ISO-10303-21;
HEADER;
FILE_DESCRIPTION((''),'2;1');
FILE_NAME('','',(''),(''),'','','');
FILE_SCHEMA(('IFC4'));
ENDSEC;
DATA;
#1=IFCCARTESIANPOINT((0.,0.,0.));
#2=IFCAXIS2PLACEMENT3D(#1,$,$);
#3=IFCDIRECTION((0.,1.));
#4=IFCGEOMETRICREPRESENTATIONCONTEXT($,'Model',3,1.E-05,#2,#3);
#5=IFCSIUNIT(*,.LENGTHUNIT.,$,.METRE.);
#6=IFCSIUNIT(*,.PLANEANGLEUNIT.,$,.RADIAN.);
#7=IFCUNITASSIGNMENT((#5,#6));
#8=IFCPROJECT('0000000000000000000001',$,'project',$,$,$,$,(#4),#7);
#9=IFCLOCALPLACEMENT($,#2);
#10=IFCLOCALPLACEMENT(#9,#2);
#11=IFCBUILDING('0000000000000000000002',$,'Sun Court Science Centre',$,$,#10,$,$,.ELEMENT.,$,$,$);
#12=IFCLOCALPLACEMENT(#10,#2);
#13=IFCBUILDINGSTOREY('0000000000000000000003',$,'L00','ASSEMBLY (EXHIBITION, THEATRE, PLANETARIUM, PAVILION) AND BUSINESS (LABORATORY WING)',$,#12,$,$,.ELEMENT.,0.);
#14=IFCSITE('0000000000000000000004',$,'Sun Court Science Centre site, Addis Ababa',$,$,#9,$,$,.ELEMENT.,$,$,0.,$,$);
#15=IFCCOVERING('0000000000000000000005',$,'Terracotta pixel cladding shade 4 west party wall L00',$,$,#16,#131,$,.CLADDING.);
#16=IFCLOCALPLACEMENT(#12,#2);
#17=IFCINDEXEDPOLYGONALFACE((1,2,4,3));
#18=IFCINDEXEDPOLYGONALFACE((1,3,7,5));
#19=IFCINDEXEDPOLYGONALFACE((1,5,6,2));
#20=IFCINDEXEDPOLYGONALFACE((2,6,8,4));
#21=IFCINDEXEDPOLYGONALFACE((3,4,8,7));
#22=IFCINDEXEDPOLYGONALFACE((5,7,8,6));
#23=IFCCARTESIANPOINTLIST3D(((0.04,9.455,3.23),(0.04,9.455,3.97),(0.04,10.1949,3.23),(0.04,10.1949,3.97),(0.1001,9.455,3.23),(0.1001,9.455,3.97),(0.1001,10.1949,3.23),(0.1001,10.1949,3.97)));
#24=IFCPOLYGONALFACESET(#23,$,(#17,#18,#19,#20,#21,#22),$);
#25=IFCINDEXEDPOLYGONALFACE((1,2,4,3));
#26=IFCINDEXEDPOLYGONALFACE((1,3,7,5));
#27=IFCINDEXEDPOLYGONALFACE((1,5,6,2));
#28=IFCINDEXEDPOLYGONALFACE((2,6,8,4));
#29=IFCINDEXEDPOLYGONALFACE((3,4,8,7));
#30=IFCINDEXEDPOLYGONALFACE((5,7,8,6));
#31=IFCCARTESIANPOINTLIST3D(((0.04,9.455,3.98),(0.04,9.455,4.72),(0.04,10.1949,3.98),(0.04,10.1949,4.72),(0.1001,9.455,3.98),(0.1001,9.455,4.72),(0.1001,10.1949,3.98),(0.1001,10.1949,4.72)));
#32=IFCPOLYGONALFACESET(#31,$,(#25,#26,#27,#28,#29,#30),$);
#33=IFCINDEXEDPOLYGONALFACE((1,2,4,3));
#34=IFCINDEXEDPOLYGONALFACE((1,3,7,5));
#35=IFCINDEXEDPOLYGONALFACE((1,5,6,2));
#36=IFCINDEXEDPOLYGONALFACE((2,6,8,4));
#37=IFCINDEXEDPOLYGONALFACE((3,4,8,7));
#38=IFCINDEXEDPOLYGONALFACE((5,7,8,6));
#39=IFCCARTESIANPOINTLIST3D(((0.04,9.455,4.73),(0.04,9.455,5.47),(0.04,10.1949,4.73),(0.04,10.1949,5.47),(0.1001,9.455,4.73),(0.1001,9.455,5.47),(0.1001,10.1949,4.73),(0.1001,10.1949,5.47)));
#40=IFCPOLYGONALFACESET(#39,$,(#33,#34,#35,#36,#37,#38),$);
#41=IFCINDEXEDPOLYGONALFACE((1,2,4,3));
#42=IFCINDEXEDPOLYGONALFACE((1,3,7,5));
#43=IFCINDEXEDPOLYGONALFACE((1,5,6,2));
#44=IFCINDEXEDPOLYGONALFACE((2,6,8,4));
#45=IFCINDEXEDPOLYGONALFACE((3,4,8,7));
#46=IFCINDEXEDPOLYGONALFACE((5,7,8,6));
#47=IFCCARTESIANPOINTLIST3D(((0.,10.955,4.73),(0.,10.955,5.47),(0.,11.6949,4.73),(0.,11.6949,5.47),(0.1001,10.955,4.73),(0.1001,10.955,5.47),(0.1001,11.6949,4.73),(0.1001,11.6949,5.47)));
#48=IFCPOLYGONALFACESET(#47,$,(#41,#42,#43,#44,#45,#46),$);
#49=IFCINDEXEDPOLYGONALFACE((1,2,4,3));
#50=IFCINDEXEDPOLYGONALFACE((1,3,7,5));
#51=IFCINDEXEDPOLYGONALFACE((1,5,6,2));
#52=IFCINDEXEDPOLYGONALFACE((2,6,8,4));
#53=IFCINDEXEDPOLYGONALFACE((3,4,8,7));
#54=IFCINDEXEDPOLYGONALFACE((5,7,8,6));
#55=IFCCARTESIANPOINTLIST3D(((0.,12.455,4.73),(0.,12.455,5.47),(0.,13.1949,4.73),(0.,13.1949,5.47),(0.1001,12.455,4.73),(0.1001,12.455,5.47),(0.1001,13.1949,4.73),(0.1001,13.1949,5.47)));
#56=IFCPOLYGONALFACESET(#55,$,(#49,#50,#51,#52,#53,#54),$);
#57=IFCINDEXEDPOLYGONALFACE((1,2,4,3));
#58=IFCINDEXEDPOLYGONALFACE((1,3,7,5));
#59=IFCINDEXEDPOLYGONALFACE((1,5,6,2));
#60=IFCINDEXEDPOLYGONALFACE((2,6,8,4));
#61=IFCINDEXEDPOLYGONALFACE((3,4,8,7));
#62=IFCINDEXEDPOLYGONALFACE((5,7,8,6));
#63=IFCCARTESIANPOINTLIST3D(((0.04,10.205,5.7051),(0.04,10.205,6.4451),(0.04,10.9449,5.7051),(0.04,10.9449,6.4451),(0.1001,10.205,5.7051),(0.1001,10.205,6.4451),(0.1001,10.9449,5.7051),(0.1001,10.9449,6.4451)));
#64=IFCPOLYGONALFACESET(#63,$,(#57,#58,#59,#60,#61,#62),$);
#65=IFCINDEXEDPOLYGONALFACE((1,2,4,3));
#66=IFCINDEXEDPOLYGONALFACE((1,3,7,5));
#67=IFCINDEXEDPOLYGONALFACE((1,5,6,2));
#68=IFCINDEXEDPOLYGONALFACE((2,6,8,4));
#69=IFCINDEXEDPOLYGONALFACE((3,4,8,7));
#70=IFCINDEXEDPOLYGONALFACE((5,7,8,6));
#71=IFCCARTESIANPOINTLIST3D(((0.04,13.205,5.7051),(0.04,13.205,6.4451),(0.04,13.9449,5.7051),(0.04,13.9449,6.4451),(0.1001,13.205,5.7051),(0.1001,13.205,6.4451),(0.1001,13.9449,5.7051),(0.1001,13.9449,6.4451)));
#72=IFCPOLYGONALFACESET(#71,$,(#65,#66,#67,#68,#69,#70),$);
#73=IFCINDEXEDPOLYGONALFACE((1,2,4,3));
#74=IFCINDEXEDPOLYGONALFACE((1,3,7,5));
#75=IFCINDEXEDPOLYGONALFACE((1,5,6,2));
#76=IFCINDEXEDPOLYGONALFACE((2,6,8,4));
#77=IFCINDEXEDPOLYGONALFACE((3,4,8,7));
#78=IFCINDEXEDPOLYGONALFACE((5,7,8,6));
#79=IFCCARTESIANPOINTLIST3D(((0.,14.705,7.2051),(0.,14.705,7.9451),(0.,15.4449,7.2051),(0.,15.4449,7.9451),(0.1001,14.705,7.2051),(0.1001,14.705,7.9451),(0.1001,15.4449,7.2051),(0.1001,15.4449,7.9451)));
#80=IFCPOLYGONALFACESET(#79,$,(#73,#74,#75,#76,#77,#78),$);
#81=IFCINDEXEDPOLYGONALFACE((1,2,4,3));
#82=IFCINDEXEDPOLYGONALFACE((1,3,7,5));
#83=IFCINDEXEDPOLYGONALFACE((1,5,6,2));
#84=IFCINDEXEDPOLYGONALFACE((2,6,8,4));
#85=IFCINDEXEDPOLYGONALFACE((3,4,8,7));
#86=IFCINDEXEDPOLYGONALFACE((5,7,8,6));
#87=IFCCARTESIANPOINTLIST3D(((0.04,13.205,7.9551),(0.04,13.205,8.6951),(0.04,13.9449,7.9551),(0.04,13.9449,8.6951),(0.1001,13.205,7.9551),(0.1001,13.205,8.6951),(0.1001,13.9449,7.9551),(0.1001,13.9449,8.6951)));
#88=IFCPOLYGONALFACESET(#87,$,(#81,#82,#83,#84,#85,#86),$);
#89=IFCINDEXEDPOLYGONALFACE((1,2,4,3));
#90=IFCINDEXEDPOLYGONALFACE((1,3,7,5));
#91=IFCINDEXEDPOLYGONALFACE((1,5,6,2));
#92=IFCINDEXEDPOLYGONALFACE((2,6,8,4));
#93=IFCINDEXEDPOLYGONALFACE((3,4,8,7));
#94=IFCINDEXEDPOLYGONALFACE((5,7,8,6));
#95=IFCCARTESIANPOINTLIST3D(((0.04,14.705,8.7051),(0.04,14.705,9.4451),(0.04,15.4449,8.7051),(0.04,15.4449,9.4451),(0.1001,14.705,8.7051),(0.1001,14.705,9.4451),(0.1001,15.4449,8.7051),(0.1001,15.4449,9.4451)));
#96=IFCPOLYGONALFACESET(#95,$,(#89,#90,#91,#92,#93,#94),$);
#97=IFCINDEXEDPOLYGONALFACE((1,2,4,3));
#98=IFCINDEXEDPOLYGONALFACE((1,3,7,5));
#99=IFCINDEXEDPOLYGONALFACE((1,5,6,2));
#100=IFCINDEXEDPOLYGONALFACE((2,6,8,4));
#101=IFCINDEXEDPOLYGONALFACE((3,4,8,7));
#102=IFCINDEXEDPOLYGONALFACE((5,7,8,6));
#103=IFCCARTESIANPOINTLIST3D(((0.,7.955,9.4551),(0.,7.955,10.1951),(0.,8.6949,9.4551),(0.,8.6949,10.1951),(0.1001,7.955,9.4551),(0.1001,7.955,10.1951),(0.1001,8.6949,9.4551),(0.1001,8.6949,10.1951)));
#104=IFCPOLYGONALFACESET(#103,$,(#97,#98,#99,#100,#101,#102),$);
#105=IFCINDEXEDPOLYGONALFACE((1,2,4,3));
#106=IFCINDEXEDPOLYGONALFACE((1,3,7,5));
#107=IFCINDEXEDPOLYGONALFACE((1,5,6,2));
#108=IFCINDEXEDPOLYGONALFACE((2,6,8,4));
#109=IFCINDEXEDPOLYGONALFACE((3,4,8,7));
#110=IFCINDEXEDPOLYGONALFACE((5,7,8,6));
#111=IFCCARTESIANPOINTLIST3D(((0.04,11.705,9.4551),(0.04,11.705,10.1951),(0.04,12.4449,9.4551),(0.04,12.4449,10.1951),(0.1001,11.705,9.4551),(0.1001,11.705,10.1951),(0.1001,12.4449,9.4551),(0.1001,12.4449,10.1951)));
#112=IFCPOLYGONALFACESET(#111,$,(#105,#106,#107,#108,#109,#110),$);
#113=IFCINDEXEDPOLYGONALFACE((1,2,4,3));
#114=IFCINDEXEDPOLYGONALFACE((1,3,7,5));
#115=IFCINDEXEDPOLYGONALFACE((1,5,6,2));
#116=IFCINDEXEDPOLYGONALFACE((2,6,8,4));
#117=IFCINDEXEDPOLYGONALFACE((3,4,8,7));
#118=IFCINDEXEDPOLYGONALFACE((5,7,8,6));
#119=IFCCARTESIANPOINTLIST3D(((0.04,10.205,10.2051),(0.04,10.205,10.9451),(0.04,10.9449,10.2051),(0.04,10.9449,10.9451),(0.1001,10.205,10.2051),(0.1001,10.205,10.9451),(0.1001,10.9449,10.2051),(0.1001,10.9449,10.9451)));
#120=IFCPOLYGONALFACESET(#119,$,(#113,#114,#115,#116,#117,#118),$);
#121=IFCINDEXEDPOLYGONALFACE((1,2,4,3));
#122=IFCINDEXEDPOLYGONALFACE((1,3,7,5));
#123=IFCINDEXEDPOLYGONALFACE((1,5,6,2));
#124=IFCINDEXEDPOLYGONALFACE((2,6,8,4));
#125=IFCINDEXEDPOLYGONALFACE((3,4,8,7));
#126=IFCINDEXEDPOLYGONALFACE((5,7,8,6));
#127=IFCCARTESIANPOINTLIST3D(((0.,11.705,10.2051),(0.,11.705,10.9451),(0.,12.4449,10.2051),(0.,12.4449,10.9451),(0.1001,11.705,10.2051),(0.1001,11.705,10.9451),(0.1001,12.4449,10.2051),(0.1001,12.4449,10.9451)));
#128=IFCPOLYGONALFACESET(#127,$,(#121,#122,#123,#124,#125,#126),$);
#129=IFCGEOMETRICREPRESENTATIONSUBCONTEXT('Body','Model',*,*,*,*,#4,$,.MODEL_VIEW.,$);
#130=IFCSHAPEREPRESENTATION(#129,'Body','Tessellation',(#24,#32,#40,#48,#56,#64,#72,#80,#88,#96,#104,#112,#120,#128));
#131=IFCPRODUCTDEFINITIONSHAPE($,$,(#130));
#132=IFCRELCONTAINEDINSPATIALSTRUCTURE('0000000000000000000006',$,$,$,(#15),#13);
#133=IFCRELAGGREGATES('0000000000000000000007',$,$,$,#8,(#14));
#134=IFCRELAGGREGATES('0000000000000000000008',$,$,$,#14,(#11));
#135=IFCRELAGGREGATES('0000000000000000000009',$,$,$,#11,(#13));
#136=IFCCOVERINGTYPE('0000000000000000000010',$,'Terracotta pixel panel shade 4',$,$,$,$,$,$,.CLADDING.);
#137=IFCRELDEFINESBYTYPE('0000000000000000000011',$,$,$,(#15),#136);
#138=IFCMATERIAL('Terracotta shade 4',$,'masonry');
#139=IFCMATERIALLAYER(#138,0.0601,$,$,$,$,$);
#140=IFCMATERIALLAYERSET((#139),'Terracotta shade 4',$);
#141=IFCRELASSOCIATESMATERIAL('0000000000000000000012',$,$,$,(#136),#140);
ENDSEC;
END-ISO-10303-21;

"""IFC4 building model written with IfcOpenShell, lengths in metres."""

from ifc_helpers import new_model, si_unit, direction, frame, origin, origin_2d, place, context, subcontext, project, spatial, rectangle, extrude, material, layer, layer_set, type_object, element, save


model = new_model("IFC4")

# Units and contexts
model_context = context("Model", 3, precision=1e-05, world=origin(), true_north=direction((0.0, 1.0)))
body_context = subcontext(model_context, "Body", "Model", "MODEL_VIEW")
ifc_project = project(units=[si_unit("LENGTHUNIT", "METRE"), si_unit("PLANEANGLEUNIT", "RADIAN")], contexts=[model_context])

# Site, building, storey
site_placement = place(None, origin())
site = spatial("IfcSite", under=ifc_project, at=site_placement, Name="Sun Court Science Centre site, Addis Ababa", CompositionType="ELEMENT", RefElevation=0.0)
building_placement = place(site_placement, origin())
building = spatial("IfcBuilding", under=site, at=building_placement, Name="Sun Court Science Centre", CompositionType="ELEMENT")
storey_placement = place(building_placement, origin())
storey = spatial("IfcBuildingStorey", under=building, at=storey_placement, Name="L00", Description="ASSEMBLY (EXHIBITION, THEATRE, PLANETARIUM, PAVILION) AND BUSINESS (LABORATORY WING)", CompositionType="ELEMENT", Elevation=0.0)

# Covering
ifc_material_1 = material(Name="Terracotta shade 4", Category="masonry")
ifc_layer_1 = layer(ifc_material_1, 0.0601)
ifc_layer_set_1 = layer_set([ifc_layer_1], Name="Terracotta shade 4")
covering_type_1 = type_object("IfcCoveringType", Name="Terracotta pixel panel shade 4", PredefinedType="CLADDING", material=ifc_layer_set_1)
covering_1_placement = place(storey_placement, origin())
element("IfcCovering", 1, at=covering_1_placement, inside=storey, type_object=covering_type_1, Name="Terracotta pixel cladding shade 4 west party wall L00", PredefinedType="CLADDING", context=body_context, shape_type="SweptSolid", body=[
    extrude(rectangle(XDim=0.74, YDim=0.0601, at=origin_2d()), frame((0.0701, 9.825, 3.23), z_axis=(0.0, 0.0, 1.0), x_axis=(0.0, 1.0, 0.0)), (0.0, 0.0, 1.0), 0.74),
    extrude(rectangle(XDim=0.74, YDim=0.0601, at=origin_2d()), frame((0.0701, 9.825, 3.98), z_axis=(0.0, 0.0, 1.0), x_axis=(0.0, 1.0, 0.0)), (0.0, 0.0, 1.0), 0.74),
    extrude(rectangle(XDim=0.74, YDim=0.0601, at=origin_2d()), frame((0.0701, 9.825, 4.73), z_axis=(0.0, 0.0, 1.0), x_axis=(0.0, 1.0, 0.0)), (0.0, 0.0, 1.0), 0.74),
    extrude(rectangle(XDim=0.74, YDim=0.1001, at=origin_2d()), frame((0.05, 11.325, 4.73), z_axis=(0.0, 0.0, 1.0), x_axis=(0.0, 1.0, 0.0)), (0.0, 0.0, 1.0), 0.74),
    extrude(rectangle(XDim=0.74, YDim=0.1001, at=origin_2d()), frame((0.05, 12.825, 4.73), z_axis=(0.0, 0.0, 1.0), x_axis=(0.0, 1.0, 0.0)), (0.0, 0.0, 1.0), 0.74),
    extrude(rectangle(XDim=0.74, YDim=0.0601, at=origin_2d()), frame((0.0701, 10.575, 5.7051), z_axis=(0.0, 0.0, 1.0), x_axis=(0.0, 1.0, 0.0)), (0.0, 0.0, 1.0), 0.74),
    extrude(rectangle(XDim=0.74, YDim=0.0601, at=origin_2d()), frame((0.0701, 13.575, 5.7051), z_axis=(0.0, 0.0, 1.0), x_axis=(0.0, 1.0, 0.0)), (0.0, 0.0, 1.0), 0.74),
    extrude(rectangle(XDim=0.74, YDim=0.1001, at=origin_2d()), frame((0.05, 15.075, 7.2051), z_axis=(0.0, 0.0, 1.0), x_axis=(0.0, 1.0, 0.0)), (0.0, 0.0, 1.0), 0.74),
    extrude(rectangle(XDim=0.74, YDim=0.0601, at=origin_2d()), frame((0.0701, 13.575, 7.9551), z_axis=(0.0, 0.0, 1.0), x_axis=(0.0, 1.0, 0.0)), (0.0, 0.0, 1.0), 0.74),
    extrude(rectangle(XDim=0.74, YDim=0.0601, at=origin_2d()), frame((0.0701, 15.075, 8.7051), z_axis=(0.0, 0.0, 1.0), x_axis=(0.0, 1.0, 0.0)), (0.0, 0.0, 1.0), 0.74),
    extrude(rectangle(XDim=0.74, YDim=0.1001, at=origin_2d()), frame((0.05, 8.325, 9.4551), z_axis=(0.0, 0.0, 1.0), x_axis=(0.0, 1.0, 0.0)), (0.0, 0.0, 1.0), 0.74),
    extrude(rectangle(XDim=0.74, YDim=0.0601, at=origin_2d()), frame((0.0701, 12.075, 9.4551), z_axis=(0.0, 0.0, 1.0), x_axis=(0.0, 1.0, 0.0)), (0.0, 0.0, 1.0), 0.74),
    extrude(rectangle(XDim=0.74, YDim=0.0601, at=origin_2d()), frame((0.0701, 10.575, 10.2051), z_axis=(0.0, 0.0, 1.0), x_axis=(0.0, 1.0, 0.0)), (0.0, 0.0, 1.0), 0.74),
    extrude(rectangle(XDim=0.74, YDim=0.1001, at=origin_2d()), frame((0.05, 12.075, 10.2051), z_axis=(0.0, 0.0, 1.0), x_axis=(0.0, 1.0, 0.0)), (0.0, 0.0, 1.0), 0.74),
])

save(model, "model.ifc")
